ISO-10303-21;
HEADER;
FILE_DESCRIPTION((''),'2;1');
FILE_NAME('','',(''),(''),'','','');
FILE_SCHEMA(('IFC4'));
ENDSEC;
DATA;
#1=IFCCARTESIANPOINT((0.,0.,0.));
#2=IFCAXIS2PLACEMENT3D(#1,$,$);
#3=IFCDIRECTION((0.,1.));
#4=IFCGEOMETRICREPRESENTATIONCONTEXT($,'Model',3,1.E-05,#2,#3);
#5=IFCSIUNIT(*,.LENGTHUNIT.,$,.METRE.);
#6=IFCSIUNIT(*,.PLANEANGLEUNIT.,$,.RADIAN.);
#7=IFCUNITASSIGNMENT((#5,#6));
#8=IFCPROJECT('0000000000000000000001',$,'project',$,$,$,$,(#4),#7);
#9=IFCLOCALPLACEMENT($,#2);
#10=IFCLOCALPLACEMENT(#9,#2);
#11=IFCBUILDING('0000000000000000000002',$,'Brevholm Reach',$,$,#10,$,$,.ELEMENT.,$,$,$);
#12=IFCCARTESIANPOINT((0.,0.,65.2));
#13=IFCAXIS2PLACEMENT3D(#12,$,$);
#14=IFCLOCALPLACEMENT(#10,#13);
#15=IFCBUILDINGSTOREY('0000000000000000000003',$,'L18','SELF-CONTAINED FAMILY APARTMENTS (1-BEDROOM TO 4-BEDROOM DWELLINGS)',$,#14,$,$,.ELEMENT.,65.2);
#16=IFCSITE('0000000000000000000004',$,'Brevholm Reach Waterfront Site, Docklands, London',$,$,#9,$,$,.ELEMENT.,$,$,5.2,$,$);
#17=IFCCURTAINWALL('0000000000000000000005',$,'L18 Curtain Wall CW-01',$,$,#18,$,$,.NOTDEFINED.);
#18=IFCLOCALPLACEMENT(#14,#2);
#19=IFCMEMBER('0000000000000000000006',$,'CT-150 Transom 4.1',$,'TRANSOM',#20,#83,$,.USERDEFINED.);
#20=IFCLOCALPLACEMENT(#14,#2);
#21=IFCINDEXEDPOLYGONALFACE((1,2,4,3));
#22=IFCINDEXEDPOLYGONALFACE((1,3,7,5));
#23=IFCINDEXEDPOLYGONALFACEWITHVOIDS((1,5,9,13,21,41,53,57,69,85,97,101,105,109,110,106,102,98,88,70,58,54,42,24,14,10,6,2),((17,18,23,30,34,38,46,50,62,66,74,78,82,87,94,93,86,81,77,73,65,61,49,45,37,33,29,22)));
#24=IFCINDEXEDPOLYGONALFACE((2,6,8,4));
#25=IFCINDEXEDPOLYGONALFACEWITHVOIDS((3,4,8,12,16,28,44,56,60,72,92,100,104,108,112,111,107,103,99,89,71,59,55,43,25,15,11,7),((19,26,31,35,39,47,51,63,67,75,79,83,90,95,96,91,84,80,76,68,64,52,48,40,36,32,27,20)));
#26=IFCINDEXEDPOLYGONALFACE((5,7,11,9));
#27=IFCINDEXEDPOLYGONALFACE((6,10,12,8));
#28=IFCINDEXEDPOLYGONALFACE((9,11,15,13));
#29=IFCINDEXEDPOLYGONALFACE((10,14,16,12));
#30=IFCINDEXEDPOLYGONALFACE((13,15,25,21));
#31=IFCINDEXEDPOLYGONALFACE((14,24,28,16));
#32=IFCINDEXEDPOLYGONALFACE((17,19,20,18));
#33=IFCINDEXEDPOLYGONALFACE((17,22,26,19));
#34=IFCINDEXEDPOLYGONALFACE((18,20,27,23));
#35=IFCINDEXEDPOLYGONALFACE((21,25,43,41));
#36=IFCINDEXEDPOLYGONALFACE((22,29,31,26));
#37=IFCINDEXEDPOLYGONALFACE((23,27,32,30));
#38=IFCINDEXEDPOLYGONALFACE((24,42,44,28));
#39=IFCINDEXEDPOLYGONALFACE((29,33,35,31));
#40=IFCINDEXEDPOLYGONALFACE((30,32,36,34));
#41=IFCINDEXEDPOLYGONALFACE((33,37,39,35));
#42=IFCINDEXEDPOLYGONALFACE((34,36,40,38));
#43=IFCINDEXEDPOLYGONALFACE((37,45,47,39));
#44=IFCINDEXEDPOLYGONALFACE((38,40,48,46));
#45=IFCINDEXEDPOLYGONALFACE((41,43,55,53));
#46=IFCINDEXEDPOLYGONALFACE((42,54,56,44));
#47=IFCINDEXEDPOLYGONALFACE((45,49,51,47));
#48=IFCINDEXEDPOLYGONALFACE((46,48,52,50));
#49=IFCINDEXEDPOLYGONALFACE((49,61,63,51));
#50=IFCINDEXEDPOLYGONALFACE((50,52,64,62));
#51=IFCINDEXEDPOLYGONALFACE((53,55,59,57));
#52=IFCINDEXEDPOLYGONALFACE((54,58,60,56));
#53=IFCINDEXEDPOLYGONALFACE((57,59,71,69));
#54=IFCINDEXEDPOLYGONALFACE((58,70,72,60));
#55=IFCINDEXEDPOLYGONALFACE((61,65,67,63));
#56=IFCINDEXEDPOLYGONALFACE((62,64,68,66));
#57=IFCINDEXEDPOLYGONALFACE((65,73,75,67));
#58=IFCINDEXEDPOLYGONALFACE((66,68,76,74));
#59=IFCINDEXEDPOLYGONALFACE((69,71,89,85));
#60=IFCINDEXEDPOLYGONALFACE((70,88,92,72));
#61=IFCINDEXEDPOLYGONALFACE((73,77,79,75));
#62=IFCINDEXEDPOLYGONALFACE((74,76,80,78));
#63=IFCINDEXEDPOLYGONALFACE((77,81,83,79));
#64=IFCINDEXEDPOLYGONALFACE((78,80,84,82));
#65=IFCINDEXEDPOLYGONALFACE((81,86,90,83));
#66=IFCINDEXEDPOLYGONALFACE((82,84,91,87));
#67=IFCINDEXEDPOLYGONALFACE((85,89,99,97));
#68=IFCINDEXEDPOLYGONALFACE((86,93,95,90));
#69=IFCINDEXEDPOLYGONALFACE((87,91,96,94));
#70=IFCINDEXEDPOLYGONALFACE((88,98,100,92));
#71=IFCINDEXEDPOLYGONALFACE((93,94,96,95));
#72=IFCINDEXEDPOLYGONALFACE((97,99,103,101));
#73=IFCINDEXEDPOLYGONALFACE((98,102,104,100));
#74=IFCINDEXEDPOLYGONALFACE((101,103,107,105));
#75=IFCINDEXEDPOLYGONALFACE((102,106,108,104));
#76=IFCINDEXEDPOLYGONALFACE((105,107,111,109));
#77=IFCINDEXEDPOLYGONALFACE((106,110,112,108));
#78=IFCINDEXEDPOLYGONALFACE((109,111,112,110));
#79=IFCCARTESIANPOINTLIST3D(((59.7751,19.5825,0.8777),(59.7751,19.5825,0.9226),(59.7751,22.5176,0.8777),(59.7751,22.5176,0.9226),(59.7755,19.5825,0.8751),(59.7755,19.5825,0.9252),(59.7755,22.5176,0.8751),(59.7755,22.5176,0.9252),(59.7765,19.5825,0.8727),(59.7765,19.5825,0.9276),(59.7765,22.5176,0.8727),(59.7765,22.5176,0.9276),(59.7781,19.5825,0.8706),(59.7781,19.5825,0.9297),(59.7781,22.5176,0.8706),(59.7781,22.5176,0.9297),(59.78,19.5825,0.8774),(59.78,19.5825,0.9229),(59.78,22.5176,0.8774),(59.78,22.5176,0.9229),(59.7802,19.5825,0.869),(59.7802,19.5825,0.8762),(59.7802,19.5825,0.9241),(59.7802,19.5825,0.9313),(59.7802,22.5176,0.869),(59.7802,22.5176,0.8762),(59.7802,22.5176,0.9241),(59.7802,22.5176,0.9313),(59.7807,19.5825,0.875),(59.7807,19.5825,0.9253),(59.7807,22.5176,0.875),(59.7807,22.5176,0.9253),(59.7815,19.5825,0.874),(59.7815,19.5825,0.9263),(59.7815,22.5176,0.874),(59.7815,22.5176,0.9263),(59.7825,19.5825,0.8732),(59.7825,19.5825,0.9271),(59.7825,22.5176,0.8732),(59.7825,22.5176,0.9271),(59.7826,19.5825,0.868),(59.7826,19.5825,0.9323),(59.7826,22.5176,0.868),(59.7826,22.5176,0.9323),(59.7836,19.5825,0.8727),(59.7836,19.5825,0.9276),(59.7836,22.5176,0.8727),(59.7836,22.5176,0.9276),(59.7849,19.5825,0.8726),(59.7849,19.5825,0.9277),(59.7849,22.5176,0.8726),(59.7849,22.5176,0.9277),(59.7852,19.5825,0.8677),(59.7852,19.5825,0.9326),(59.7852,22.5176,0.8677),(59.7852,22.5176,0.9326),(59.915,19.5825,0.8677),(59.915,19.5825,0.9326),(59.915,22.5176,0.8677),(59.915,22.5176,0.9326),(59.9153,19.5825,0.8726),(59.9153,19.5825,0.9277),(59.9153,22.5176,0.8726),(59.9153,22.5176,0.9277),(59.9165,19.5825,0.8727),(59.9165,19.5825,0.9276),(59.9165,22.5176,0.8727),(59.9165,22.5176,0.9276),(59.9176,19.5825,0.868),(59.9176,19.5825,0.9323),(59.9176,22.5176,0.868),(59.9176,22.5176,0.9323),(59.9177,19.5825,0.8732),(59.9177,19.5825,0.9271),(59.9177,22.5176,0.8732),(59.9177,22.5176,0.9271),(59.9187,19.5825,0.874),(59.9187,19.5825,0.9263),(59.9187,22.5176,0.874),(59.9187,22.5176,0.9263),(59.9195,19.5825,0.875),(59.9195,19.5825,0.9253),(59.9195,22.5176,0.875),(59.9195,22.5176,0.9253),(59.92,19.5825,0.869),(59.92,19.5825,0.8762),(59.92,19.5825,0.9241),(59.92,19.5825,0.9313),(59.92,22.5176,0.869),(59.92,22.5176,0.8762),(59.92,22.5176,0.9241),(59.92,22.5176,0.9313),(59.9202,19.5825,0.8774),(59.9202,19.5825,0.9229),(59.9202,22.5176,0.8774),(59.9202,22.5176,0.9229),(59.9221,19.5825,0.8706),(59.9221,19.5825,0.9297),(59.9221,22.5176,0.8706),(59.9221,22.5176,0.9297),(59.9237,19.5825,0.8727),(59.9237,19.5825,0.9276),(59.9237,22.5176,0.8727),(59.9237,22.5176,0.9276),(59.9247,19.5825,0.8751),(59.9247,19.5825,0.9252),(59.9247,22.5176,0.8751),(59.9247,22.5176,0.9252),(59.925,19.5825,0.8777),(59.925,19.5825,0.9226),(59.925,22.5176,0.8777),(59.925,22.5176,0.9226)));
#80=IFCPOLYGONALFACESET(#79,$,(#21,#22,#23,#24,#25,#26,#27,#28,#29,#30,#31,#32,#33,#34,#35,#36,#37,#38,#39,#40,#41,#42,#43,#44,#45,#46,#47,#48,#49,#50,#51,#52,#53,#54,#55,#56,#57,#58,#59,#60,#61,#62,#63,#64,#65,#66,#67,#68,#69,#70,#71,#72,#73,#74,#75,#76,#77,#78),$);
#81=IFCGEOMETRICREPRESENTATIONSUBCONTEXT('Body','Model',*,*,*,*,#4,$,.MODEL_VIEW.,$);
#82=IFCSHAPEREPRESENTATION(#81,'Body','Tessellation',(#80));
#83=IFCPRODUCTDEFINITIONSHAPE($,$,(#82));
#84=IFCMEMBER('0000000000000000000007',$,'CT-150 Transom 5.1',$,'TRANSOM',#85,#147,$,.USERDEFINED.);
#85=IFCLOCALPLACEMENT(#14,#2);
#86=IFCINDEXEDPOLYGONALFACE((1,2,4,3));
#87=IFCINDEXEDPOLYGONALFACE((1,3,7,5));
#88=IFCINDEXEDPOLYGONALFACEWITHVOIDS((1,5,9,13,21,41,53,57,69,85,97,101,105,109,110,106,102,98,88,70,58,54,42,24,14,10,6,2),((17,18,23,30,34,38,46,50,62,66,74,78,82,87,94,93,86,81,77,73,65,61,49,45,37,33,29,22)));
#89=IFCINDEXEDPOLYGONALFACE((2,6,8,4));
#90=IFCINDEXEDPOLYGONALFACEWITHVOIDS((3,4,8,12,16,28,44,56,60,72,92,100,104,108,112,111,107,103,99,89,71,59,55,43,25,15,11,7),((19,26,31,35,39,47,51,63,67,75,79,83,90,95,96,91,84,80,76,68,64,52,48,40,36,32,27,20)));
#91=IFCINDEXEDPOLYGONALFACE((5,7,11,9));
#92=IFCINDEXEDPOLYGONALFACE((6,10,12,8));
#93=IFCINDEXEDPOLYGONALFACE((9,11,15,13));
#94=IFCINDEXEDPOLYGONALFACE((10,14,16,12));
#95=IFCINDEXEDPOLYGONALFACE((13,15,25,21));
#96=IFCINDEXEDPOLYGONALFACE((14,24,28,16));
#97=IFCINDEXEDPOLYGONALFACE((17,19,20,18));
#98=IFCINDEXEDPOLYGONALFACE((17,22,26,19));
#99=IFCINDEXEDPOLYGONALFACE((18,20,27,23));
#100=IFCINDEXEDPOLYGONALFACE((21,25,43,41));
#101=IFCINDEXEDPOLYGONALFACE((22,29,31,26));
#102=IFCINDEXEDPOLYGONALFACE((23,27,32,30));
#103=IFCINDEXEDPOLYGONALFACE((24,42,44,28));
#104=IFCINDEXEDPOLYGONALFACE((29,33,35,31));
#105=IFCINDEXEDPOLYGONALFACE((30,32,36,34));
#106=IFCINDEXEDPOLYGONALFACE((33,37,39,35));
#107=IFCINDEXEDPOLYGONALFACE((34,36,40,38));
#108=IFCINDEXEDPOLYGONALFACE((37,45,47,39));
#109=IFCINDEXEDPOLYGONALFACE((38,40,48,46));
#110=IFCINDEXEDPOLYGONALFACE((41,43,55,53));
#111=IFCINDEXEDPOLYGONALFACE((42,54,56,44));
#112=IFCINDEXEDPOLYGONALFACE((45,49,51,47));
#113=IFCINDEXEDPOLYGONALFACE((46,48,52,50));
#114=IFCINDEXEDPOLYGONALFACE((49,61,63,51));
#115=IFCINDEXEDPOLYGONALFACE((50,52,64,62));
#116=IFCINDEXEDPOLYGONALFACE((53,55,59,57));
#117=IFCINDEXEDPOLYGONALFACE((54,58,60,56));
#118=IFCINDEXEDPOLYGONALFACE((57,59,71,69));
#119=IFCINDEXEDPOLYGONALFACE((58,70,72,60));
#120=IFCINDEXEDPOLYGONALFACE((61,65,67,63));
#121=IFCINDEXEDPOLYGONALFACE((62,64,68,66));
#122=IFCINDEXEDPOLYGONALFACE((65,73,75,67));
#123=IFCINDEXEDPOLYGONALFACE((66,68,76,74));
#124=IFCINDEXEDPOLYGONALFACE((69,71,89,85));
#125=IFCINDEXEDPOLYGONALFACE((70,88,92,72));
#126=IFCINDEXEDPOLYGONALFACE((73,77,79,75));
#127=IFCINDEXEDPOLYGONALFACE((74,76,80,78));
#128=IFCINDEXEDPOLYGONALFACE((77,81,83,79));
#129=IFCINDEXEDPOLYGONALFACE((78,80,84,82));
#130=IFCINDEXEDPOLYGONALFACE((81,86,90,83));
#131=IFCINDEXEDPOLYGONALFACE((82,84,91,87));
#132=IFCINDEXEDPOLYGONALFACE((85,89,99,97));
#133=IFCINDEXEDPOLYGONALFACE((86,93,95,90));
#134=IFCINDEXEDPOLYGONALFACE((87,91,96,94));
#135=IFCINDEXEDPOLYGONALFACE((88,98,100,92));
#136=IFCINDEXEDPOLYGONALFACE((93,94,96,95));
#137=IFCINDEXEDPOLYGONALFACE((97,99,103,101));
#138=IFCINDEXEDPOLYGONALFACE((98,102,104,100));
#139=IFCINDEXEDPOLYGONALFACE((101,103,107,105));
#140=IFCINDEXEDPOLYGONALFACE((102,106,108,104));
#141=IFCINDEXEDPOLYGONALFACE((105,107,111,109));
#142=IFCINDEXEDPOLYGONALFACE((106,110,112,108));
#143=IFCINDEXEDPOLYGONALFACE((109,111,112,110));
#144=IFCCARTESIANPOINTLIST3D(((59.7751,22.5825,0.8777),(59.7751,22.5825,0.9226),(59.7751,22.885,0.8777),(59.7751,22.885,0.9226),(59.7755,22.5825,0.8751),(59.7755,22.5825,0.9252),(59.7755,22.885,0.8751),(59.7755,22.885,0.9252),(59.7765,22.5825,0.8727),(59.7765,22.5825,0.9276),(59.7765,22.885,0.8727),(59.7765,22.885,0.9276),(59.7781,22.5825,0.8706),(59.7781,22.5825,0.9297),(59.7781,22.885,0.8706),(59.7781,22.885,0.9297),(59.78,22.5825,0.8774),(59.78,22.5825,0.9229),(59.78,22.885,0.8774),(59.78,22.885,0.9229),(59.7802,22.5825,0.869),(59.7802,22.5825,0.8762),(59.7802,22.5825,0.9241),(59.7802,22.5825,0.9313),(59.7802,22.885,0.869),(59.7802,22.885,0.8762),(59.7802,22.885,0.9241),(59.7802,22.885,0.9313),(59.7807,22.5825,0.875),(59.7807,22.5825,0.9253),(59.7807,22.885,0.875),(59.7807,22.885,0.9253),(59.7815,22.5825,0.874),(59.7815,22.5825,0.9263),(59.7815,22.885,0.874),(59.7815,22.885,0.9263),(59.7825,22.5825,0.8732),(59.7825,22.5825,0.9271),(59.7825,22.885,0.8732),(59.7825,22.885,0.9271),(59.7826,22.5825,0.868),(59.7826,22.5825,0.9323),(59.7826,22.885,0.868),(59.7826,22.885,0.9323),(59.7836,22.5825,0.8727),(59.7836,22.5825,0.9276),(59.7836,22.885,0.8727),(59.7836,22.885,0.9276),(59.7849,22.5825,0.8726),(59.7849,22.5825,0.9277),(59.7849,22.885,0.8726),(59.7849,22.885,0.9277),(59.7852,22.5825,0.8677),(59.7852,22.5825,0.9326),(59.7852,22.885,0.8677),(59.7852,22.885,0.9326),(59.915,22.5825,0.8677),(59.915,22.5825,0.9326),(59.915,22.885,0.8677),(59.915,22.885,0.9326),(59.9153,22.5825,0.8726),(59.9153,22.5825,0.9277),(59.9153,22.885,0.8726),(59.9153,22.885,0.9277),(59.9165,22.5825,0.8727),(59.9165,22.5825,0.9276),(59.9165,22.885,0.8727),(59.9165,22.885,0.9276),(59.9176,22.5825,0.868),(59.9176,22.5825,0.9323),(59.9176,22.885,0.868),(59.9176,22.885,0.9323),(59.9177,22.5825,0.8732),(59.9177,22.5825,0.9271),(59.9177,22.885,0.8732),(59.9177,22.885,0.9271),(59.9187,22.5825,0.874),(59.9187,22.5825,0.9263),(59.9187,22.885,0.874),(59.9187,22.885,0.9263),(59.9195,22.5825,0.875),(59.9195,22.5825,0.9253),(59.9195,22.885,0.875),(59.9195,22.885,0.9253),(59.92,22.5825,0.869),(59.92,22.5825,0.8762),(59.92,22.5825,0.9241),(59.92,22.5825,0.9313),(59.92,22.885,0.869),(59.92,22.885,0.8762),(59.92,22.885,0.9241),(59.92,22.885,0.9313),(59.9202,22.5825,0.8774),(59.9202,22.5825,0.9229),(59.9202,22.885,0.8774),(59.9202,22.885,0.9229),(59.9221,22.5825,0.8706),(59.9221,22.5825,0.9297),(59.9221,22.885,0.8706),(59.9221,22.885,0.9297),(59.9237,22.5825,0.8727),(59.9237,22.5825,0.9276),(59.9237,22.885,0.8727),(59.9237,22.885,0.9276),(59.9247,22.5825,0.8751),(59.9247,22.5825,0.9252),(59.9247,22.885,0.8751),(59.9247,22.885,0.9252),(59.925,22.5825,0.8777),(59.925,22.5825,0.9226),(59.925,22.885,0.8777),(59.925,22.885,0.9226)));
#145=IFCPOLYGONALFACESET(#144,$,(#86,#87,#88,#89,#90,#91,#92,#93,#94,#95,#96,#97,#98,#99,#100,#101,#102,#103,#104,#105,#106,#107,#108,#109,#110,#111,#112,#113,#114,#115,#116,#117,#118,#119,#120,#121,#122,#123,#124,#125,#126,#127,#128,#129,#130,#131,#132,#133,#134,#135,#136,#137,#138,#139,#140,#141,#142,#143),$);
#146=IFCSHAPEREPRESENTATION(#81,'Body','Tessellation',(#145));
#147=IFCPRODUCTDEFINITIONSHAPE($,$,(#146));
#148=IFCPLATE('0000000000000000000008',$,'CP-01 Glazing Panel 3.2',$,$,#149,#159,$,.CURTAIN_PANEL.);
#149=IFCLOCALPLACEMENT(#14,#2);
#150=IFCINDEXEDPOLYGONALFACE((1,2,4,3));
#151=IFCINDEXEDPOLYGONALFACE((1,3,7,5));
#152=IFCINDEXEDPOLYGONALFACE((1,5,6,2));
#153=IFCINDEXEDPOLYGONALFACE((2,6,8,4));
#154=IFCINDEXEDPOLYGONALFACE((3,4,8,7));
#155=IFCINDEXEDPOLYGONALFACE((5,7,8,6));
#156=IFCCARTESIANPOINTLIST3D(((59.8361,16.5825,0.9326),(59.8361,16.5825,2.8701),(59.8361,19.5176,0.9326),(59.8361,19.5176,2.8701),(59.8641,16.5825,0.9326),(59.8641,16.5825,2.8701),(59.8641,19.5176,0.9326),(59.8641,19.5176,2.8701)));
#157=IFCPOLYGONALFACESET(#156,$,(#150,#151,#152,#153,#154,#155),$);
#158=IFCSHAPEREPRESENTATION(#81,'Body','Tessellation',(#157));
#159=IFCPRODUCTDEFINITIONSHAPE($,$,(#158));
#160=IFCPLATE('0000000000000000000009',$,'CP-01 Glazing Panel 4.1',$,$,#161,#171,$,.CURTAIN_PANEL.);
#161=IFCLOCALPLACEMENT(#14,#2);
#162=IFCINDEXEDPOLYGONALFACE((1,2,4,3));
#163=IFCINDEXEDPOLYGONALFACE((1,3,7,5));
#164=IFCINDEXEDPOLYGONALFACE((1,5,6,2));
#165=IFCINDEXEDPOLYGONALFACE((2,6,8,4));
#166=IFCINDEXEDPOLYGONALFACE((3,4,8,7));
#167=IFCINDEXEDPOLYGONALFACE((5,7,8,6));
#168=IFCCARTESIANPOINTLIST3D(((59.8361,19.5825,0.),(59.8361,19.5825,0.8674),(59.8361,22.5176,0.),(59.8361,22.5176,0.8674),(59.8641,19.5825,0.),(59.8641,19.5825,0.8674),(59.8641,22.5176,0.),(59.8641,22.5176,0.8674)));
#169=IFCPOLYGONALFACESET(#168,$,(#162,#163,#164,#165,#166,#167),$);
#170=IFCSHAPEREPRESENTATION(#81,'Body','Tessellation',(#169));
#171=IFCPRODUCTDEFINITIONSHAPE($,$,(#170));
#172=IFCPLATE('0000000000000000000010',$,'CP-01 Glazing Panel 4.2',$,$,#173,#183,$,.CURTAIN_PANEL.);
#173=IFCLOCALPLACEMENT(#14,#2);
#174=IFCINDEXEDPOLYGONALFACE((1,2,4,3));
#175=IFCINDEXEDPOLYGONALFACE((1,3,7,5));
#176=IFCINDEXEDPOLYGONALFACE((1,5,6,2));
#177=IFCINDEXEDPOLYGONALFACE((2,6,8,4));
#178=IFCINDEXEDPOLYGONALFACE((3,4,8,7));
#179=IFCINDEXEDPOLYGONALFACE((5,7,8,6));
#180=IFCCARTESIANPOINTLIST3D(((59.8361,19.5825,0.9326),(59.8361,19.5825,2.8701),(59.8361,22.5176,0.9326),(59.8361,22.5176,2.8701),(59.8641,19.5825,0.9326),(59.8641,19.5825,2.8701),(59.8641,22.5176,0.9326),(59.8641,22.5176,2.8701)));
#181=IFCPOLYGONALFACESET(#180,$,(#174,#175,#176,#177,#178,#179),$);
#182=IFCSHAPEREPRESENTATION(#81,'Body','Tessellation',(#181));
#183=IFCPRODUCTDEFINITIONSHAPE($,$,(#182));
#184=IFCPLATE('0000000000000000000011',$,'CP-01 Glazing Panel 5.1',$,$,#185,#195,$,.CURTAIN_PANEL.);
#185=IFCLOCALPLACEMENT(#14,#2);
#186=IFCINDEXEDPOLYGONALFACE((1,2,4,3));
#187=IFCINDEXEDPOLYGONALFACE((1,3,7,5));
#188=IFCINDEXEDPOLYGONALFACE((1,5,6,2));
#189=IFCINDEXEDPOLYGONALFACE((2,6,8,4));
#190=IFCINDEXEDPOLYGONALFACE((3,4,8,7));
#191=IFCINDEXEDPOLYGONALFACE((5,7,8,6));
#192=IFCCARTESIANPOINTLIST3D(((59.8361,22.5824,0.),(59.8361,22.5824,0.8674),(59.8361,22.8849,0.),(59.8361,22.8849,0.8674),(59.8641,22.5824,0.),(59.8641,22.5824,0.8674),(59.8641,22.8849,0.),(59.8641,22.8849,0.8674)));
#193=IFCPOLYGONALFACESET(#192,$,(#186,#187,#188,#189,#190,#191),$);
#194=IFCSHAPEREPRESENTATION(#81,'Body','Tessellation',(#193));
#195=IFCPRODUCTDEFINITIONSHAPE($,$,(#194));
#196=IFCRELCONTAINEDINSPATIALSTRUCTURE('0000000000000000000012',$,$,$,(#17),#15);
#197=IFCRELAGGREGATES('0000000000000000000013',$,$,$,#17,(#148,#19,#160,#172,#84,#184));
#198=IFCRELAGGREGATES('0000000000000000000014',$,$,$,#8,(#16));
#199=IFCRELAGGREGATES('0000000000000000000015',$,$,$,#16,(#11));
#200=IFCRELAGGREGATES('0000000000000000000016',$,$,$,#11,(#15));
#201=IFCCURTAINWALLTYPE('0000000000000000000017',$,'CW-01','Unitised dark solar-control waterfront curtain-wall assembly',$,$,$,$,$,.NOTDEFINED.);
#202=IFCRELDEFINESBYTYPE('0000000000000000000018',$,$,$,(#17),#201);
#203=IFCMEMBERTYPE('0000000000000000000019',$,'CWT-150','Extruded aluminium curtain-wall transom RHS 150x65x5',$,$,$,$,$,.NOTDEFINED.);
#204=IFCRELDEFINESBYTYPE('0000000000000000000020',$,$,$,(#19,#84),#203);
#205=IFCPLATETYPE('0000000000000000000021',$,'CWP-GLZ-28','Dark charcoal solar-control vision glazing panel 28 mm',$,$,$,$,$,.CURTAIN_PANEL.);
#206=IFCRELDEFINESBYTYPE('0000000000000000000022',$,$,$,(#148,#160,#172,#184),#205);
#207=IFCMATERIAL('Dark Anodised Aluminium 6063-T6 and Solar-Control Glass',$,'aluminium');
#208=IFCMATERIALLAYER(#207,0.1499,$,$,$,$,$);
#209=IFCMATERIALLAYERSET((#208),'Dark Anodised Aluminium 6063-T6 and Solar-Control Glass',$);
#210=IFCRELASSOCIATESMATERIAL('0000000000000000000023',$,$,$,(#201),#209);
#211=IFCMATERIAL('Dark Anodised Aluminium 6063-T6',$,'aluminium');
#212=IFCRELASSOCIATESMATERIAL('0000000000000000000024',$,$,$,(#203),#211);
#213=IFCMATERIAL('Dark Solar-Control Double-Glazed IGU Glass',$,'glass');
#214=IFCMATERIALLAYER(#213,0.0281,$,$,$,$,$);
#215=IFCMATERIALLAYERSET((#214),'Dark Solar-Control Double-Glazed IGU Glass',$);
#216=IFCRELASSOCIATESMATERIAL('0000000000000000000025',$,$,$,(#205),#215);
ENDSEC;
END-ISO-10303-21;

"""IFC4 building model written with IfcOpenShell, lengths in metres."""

from ifc_helpers import new_model, si_unit, direction, frame, origin, origin_2d, place, context, subcontext, project, spatial, rectangle, hollow_rectangle, extrude, material, layer, layer_set, material_profile, profile_set, type_object, element, aggregate, save


model = new_model("IFC4")

# Units and contexts
model_context = context("Model", 3, precision=1e-05, world=origin(), true_north=direction((0.0, 1.0)))
body_context = subcontext(model_context, "Body", "Model", "MODEL_VIEW")
ifc_project = project(units=[si_unit("LENGTHUNIT", "METRE"), si_unit("PLANEANGLEUNIT", "RADIAN")], contexts=[model_context])

# Site, building, storey
site_placement = place(None, origin())
site = spatial("IfcSite", under=ifc_project, at=site_placement, Name="Brevholm Reach Waterfront Site, Docklands, London", CompositionType="ELEMENT", RefElevation=5.2)
building_placement = place(site_placement, origin())
building = spatial("IfcBuilding", under=site, at=building_placement, Name="Brevholm Reach", CompositionType="ELEMENT")
storey_placement = place(building_placement, frame((0.0, 0.0, 65.2)))
storey = spatial("IfcBuildingStorey", under=building, at=storey_placement, Name="L18", Description="SELF-CONTAINED FAMILY APARTMENTS (1-BEDROOM TO 4-BEDROOM DWELLINGS)", CompositionType="ELEMENT", Elevation=65.2)

# Curtain wall, members, plates
ifc_material_1 = material(Name="Dark Anodised Aluminium 6063-T6 and Solar-Control Glass", Category="aluminium")
ifc_layer_1 = layer(ifc_material_1, 0.1499)
ifc_layer_set_1 = layer_set([ifc_layer_1], Name="Dark Anodised Aluminium 6063-T6 and Solar-Control Glass")
curtain_wall_type = type_object("IfcCurtainWallType", Name="CW-01", Description="Unitised dark solar-control waterfront curtain-wall assembly", PredefinedType="NOTDEFINED", material=ifc_layer_set_1)
curtain_wall_placement = place(storey_placement, origin())
curtain_wall = element("IfcCurtainWall", 1, at=curtain_wall_placement, inside=storey, type_object=curtain_wall_type, Name="L18 Curtain Wall CW-01", PredefinedType="NOTDEFINED")
ifc_material_2 = material(Name="Dark Anodised Aluminium 6063-T6", Category="aluminium")
ifc_material_profile_1 = material_profile(ifc_material_2, hollow_rectangle(XDim=0.0649, YDim=0.1499, WallThickness=0.0049, InnerFilletRadius=0.0049, OuterFilletRadius=0.01, at=origin_2d()), Name="RHS 150x65x5")
ifc_profile_set_1 = profile_set([ifc_material_profile_1], Name="Dark Anodised Aluminium 6063-T6")
member_type_1 = type_object("IfcMemberType", Name="CWT-150", Description="Extruded aluminium curtain-wall transom RHS 150x65x5", PredefinedType="NOTDEFINED", material=ifc_profile_set_1)
member_1_placement = place(storey_placement, frame((59.8501, 19.5825, 0.9001), z_axis=(0.0, 1.0, 0.0), x_axis=(0.0, 0.0, 1.0)))
member_1 = element("IfcMember", 2, at=member_1_placement, type_object=member_type_1, Name="CT-150 Transom 4.1", ObjectType="TRANSOM", PredefinedType="USERDEFINED", context=body_context, shape_type="SweptSolid", body=[
    extrude(hollow_rectangle(XDim=0.0649, YDim=0.1499, WallThickness=0.0049, InnerFilletRadius=0.0049, OuterFilletRadius=0.01, at=origin_2d()), origin(), (0.0, 0.0, 1.0), 2.9351),
])
member_2_placement = place(storey_placement, frame((59.8501, 22.5825, 0.9001), z_axis=(0.0, 1.0, 0.0), x_axis=(0.0, 0.0, 1.0)))
member_2 = element("IfcMember", 3, at=member_2_placement, type_object=member_type_1, Name="CT-150 Transom 5.1", ObjectType="TRANSOM", PredefinedType="USERDEFINED", context=body_context, shape_type="SweptSolid", body=[
    extrude(hollow_rectangle(XDim=0.0649, YDim=0.1499, WallThickness=0.0049, InnerFilletRadius=0.0049, OuterFilletRadius=0.01, at=origin_2d()), origin(), (0.0, 0.0, 1.0), 0.3025),
])
ifc_material_3 = material(Name="Dark Solar-Control Double-Glazed IGU Glass", Category="glass")
ifc_layer_2 = layer(ifc_material_3, 0.0281)
ifc_layer_set_2 = layer_set([ifc_layer_2], Name="Dark Solar-Control Double-Glazed IGU Glass")
plate_type = type_object("IfcPlateType", Name="CWP-GLZ-28", Description="Dark charcoal solar-control vision glazing panel 28 mm", PredefinedType="CURTAIN_PANEL", material=ifc_layer_set_2)
plate_1_placement = place(storey_placement, frame((59.8501, 18.05, 0.9326), z_axis=(0.0, 0.0, 1.0), x_axis=(0.0, 1.0, 0.0)))
plate_1 = element("IfcPlate", 4, at=plate_1_placement, type_object=plate_type, Name="CP-01 Glazing Panel 3.2", PredefinedType="CURTAIN_PANEL", context=body_context, shape_type="SweptSolid", body=[
    extrude(rectangle(XDim=2.9351, YDim=0.0281, at=origin_2d()), origin(), (0.0, 0.0, 1.0), 1.9375),
])
plate_2_placement = place(storey_placement, frame((59.8501, 21.05, 0.0), z_axis=(0.0, 0.0, 1.0), x_axis=(0.0, 1.0, 0.0)))
plate_2 = element("IfcPlate", 5, at=plate_2_placement, type_object=plate_type, Name="CP-01 Glazing Panel 4.1", PredefinedType="CURTAIN_PANEL", context=body_context, shape_type="SweptSolid", body=[
    extrude(rectangle(XDim=2.9351, YDim=0.0281, at=origin_2d()), origin(), (0.0, 0.0, 1.0), 0.8674),
])
plate_3_placement = place(storey_placement, frame((59.8501, 21.05, 0.9326), z_axis=(0.0, 0.0, 1.0), x_axis=(0.0, 1.0, 0.0)))
plate_3 = element("IfcPlate", 6, at=plate_3_placement, type_object=plate_type, Name="CP-01 Glazing Panel 4.2", PredefinedType="CURTAIN_PANEL", context=body_context, shape_type="SweptSolid", body=[
    extrude(rectangle(XDim=2.9351, YDim=0.0281, at=origin_2d()), origin(), (0.0, 0.0, 1.0), 1.9375),
])
plate_4_placement = place(storey_placement, frame((59.8501, 22.7336, 0.0), z_axis=(0.0, 0.0, 1.0), x_axis=(0.0, 1.0, 0.0)))
plate_4 = element("IfcPlate", 7, at=plate_4_placement, type_object=plate_type, Name="CP-01 Glazing Panel 5.1", PredefinedType="CURTAIN_PANEL", context=body_context, shape_type="SweptSolid", body=[
    extrude(rectangle(XDim=0.3025, YDim=0.0281, at=origin_2d()), origin(), (0.0, 0.0, 1.0), 0.8674),
])
aggregate(curtain_wall, [plate_1, member_1, plate_2, plate_3, member_2, plate_4])

save(model, "model.ifc")
